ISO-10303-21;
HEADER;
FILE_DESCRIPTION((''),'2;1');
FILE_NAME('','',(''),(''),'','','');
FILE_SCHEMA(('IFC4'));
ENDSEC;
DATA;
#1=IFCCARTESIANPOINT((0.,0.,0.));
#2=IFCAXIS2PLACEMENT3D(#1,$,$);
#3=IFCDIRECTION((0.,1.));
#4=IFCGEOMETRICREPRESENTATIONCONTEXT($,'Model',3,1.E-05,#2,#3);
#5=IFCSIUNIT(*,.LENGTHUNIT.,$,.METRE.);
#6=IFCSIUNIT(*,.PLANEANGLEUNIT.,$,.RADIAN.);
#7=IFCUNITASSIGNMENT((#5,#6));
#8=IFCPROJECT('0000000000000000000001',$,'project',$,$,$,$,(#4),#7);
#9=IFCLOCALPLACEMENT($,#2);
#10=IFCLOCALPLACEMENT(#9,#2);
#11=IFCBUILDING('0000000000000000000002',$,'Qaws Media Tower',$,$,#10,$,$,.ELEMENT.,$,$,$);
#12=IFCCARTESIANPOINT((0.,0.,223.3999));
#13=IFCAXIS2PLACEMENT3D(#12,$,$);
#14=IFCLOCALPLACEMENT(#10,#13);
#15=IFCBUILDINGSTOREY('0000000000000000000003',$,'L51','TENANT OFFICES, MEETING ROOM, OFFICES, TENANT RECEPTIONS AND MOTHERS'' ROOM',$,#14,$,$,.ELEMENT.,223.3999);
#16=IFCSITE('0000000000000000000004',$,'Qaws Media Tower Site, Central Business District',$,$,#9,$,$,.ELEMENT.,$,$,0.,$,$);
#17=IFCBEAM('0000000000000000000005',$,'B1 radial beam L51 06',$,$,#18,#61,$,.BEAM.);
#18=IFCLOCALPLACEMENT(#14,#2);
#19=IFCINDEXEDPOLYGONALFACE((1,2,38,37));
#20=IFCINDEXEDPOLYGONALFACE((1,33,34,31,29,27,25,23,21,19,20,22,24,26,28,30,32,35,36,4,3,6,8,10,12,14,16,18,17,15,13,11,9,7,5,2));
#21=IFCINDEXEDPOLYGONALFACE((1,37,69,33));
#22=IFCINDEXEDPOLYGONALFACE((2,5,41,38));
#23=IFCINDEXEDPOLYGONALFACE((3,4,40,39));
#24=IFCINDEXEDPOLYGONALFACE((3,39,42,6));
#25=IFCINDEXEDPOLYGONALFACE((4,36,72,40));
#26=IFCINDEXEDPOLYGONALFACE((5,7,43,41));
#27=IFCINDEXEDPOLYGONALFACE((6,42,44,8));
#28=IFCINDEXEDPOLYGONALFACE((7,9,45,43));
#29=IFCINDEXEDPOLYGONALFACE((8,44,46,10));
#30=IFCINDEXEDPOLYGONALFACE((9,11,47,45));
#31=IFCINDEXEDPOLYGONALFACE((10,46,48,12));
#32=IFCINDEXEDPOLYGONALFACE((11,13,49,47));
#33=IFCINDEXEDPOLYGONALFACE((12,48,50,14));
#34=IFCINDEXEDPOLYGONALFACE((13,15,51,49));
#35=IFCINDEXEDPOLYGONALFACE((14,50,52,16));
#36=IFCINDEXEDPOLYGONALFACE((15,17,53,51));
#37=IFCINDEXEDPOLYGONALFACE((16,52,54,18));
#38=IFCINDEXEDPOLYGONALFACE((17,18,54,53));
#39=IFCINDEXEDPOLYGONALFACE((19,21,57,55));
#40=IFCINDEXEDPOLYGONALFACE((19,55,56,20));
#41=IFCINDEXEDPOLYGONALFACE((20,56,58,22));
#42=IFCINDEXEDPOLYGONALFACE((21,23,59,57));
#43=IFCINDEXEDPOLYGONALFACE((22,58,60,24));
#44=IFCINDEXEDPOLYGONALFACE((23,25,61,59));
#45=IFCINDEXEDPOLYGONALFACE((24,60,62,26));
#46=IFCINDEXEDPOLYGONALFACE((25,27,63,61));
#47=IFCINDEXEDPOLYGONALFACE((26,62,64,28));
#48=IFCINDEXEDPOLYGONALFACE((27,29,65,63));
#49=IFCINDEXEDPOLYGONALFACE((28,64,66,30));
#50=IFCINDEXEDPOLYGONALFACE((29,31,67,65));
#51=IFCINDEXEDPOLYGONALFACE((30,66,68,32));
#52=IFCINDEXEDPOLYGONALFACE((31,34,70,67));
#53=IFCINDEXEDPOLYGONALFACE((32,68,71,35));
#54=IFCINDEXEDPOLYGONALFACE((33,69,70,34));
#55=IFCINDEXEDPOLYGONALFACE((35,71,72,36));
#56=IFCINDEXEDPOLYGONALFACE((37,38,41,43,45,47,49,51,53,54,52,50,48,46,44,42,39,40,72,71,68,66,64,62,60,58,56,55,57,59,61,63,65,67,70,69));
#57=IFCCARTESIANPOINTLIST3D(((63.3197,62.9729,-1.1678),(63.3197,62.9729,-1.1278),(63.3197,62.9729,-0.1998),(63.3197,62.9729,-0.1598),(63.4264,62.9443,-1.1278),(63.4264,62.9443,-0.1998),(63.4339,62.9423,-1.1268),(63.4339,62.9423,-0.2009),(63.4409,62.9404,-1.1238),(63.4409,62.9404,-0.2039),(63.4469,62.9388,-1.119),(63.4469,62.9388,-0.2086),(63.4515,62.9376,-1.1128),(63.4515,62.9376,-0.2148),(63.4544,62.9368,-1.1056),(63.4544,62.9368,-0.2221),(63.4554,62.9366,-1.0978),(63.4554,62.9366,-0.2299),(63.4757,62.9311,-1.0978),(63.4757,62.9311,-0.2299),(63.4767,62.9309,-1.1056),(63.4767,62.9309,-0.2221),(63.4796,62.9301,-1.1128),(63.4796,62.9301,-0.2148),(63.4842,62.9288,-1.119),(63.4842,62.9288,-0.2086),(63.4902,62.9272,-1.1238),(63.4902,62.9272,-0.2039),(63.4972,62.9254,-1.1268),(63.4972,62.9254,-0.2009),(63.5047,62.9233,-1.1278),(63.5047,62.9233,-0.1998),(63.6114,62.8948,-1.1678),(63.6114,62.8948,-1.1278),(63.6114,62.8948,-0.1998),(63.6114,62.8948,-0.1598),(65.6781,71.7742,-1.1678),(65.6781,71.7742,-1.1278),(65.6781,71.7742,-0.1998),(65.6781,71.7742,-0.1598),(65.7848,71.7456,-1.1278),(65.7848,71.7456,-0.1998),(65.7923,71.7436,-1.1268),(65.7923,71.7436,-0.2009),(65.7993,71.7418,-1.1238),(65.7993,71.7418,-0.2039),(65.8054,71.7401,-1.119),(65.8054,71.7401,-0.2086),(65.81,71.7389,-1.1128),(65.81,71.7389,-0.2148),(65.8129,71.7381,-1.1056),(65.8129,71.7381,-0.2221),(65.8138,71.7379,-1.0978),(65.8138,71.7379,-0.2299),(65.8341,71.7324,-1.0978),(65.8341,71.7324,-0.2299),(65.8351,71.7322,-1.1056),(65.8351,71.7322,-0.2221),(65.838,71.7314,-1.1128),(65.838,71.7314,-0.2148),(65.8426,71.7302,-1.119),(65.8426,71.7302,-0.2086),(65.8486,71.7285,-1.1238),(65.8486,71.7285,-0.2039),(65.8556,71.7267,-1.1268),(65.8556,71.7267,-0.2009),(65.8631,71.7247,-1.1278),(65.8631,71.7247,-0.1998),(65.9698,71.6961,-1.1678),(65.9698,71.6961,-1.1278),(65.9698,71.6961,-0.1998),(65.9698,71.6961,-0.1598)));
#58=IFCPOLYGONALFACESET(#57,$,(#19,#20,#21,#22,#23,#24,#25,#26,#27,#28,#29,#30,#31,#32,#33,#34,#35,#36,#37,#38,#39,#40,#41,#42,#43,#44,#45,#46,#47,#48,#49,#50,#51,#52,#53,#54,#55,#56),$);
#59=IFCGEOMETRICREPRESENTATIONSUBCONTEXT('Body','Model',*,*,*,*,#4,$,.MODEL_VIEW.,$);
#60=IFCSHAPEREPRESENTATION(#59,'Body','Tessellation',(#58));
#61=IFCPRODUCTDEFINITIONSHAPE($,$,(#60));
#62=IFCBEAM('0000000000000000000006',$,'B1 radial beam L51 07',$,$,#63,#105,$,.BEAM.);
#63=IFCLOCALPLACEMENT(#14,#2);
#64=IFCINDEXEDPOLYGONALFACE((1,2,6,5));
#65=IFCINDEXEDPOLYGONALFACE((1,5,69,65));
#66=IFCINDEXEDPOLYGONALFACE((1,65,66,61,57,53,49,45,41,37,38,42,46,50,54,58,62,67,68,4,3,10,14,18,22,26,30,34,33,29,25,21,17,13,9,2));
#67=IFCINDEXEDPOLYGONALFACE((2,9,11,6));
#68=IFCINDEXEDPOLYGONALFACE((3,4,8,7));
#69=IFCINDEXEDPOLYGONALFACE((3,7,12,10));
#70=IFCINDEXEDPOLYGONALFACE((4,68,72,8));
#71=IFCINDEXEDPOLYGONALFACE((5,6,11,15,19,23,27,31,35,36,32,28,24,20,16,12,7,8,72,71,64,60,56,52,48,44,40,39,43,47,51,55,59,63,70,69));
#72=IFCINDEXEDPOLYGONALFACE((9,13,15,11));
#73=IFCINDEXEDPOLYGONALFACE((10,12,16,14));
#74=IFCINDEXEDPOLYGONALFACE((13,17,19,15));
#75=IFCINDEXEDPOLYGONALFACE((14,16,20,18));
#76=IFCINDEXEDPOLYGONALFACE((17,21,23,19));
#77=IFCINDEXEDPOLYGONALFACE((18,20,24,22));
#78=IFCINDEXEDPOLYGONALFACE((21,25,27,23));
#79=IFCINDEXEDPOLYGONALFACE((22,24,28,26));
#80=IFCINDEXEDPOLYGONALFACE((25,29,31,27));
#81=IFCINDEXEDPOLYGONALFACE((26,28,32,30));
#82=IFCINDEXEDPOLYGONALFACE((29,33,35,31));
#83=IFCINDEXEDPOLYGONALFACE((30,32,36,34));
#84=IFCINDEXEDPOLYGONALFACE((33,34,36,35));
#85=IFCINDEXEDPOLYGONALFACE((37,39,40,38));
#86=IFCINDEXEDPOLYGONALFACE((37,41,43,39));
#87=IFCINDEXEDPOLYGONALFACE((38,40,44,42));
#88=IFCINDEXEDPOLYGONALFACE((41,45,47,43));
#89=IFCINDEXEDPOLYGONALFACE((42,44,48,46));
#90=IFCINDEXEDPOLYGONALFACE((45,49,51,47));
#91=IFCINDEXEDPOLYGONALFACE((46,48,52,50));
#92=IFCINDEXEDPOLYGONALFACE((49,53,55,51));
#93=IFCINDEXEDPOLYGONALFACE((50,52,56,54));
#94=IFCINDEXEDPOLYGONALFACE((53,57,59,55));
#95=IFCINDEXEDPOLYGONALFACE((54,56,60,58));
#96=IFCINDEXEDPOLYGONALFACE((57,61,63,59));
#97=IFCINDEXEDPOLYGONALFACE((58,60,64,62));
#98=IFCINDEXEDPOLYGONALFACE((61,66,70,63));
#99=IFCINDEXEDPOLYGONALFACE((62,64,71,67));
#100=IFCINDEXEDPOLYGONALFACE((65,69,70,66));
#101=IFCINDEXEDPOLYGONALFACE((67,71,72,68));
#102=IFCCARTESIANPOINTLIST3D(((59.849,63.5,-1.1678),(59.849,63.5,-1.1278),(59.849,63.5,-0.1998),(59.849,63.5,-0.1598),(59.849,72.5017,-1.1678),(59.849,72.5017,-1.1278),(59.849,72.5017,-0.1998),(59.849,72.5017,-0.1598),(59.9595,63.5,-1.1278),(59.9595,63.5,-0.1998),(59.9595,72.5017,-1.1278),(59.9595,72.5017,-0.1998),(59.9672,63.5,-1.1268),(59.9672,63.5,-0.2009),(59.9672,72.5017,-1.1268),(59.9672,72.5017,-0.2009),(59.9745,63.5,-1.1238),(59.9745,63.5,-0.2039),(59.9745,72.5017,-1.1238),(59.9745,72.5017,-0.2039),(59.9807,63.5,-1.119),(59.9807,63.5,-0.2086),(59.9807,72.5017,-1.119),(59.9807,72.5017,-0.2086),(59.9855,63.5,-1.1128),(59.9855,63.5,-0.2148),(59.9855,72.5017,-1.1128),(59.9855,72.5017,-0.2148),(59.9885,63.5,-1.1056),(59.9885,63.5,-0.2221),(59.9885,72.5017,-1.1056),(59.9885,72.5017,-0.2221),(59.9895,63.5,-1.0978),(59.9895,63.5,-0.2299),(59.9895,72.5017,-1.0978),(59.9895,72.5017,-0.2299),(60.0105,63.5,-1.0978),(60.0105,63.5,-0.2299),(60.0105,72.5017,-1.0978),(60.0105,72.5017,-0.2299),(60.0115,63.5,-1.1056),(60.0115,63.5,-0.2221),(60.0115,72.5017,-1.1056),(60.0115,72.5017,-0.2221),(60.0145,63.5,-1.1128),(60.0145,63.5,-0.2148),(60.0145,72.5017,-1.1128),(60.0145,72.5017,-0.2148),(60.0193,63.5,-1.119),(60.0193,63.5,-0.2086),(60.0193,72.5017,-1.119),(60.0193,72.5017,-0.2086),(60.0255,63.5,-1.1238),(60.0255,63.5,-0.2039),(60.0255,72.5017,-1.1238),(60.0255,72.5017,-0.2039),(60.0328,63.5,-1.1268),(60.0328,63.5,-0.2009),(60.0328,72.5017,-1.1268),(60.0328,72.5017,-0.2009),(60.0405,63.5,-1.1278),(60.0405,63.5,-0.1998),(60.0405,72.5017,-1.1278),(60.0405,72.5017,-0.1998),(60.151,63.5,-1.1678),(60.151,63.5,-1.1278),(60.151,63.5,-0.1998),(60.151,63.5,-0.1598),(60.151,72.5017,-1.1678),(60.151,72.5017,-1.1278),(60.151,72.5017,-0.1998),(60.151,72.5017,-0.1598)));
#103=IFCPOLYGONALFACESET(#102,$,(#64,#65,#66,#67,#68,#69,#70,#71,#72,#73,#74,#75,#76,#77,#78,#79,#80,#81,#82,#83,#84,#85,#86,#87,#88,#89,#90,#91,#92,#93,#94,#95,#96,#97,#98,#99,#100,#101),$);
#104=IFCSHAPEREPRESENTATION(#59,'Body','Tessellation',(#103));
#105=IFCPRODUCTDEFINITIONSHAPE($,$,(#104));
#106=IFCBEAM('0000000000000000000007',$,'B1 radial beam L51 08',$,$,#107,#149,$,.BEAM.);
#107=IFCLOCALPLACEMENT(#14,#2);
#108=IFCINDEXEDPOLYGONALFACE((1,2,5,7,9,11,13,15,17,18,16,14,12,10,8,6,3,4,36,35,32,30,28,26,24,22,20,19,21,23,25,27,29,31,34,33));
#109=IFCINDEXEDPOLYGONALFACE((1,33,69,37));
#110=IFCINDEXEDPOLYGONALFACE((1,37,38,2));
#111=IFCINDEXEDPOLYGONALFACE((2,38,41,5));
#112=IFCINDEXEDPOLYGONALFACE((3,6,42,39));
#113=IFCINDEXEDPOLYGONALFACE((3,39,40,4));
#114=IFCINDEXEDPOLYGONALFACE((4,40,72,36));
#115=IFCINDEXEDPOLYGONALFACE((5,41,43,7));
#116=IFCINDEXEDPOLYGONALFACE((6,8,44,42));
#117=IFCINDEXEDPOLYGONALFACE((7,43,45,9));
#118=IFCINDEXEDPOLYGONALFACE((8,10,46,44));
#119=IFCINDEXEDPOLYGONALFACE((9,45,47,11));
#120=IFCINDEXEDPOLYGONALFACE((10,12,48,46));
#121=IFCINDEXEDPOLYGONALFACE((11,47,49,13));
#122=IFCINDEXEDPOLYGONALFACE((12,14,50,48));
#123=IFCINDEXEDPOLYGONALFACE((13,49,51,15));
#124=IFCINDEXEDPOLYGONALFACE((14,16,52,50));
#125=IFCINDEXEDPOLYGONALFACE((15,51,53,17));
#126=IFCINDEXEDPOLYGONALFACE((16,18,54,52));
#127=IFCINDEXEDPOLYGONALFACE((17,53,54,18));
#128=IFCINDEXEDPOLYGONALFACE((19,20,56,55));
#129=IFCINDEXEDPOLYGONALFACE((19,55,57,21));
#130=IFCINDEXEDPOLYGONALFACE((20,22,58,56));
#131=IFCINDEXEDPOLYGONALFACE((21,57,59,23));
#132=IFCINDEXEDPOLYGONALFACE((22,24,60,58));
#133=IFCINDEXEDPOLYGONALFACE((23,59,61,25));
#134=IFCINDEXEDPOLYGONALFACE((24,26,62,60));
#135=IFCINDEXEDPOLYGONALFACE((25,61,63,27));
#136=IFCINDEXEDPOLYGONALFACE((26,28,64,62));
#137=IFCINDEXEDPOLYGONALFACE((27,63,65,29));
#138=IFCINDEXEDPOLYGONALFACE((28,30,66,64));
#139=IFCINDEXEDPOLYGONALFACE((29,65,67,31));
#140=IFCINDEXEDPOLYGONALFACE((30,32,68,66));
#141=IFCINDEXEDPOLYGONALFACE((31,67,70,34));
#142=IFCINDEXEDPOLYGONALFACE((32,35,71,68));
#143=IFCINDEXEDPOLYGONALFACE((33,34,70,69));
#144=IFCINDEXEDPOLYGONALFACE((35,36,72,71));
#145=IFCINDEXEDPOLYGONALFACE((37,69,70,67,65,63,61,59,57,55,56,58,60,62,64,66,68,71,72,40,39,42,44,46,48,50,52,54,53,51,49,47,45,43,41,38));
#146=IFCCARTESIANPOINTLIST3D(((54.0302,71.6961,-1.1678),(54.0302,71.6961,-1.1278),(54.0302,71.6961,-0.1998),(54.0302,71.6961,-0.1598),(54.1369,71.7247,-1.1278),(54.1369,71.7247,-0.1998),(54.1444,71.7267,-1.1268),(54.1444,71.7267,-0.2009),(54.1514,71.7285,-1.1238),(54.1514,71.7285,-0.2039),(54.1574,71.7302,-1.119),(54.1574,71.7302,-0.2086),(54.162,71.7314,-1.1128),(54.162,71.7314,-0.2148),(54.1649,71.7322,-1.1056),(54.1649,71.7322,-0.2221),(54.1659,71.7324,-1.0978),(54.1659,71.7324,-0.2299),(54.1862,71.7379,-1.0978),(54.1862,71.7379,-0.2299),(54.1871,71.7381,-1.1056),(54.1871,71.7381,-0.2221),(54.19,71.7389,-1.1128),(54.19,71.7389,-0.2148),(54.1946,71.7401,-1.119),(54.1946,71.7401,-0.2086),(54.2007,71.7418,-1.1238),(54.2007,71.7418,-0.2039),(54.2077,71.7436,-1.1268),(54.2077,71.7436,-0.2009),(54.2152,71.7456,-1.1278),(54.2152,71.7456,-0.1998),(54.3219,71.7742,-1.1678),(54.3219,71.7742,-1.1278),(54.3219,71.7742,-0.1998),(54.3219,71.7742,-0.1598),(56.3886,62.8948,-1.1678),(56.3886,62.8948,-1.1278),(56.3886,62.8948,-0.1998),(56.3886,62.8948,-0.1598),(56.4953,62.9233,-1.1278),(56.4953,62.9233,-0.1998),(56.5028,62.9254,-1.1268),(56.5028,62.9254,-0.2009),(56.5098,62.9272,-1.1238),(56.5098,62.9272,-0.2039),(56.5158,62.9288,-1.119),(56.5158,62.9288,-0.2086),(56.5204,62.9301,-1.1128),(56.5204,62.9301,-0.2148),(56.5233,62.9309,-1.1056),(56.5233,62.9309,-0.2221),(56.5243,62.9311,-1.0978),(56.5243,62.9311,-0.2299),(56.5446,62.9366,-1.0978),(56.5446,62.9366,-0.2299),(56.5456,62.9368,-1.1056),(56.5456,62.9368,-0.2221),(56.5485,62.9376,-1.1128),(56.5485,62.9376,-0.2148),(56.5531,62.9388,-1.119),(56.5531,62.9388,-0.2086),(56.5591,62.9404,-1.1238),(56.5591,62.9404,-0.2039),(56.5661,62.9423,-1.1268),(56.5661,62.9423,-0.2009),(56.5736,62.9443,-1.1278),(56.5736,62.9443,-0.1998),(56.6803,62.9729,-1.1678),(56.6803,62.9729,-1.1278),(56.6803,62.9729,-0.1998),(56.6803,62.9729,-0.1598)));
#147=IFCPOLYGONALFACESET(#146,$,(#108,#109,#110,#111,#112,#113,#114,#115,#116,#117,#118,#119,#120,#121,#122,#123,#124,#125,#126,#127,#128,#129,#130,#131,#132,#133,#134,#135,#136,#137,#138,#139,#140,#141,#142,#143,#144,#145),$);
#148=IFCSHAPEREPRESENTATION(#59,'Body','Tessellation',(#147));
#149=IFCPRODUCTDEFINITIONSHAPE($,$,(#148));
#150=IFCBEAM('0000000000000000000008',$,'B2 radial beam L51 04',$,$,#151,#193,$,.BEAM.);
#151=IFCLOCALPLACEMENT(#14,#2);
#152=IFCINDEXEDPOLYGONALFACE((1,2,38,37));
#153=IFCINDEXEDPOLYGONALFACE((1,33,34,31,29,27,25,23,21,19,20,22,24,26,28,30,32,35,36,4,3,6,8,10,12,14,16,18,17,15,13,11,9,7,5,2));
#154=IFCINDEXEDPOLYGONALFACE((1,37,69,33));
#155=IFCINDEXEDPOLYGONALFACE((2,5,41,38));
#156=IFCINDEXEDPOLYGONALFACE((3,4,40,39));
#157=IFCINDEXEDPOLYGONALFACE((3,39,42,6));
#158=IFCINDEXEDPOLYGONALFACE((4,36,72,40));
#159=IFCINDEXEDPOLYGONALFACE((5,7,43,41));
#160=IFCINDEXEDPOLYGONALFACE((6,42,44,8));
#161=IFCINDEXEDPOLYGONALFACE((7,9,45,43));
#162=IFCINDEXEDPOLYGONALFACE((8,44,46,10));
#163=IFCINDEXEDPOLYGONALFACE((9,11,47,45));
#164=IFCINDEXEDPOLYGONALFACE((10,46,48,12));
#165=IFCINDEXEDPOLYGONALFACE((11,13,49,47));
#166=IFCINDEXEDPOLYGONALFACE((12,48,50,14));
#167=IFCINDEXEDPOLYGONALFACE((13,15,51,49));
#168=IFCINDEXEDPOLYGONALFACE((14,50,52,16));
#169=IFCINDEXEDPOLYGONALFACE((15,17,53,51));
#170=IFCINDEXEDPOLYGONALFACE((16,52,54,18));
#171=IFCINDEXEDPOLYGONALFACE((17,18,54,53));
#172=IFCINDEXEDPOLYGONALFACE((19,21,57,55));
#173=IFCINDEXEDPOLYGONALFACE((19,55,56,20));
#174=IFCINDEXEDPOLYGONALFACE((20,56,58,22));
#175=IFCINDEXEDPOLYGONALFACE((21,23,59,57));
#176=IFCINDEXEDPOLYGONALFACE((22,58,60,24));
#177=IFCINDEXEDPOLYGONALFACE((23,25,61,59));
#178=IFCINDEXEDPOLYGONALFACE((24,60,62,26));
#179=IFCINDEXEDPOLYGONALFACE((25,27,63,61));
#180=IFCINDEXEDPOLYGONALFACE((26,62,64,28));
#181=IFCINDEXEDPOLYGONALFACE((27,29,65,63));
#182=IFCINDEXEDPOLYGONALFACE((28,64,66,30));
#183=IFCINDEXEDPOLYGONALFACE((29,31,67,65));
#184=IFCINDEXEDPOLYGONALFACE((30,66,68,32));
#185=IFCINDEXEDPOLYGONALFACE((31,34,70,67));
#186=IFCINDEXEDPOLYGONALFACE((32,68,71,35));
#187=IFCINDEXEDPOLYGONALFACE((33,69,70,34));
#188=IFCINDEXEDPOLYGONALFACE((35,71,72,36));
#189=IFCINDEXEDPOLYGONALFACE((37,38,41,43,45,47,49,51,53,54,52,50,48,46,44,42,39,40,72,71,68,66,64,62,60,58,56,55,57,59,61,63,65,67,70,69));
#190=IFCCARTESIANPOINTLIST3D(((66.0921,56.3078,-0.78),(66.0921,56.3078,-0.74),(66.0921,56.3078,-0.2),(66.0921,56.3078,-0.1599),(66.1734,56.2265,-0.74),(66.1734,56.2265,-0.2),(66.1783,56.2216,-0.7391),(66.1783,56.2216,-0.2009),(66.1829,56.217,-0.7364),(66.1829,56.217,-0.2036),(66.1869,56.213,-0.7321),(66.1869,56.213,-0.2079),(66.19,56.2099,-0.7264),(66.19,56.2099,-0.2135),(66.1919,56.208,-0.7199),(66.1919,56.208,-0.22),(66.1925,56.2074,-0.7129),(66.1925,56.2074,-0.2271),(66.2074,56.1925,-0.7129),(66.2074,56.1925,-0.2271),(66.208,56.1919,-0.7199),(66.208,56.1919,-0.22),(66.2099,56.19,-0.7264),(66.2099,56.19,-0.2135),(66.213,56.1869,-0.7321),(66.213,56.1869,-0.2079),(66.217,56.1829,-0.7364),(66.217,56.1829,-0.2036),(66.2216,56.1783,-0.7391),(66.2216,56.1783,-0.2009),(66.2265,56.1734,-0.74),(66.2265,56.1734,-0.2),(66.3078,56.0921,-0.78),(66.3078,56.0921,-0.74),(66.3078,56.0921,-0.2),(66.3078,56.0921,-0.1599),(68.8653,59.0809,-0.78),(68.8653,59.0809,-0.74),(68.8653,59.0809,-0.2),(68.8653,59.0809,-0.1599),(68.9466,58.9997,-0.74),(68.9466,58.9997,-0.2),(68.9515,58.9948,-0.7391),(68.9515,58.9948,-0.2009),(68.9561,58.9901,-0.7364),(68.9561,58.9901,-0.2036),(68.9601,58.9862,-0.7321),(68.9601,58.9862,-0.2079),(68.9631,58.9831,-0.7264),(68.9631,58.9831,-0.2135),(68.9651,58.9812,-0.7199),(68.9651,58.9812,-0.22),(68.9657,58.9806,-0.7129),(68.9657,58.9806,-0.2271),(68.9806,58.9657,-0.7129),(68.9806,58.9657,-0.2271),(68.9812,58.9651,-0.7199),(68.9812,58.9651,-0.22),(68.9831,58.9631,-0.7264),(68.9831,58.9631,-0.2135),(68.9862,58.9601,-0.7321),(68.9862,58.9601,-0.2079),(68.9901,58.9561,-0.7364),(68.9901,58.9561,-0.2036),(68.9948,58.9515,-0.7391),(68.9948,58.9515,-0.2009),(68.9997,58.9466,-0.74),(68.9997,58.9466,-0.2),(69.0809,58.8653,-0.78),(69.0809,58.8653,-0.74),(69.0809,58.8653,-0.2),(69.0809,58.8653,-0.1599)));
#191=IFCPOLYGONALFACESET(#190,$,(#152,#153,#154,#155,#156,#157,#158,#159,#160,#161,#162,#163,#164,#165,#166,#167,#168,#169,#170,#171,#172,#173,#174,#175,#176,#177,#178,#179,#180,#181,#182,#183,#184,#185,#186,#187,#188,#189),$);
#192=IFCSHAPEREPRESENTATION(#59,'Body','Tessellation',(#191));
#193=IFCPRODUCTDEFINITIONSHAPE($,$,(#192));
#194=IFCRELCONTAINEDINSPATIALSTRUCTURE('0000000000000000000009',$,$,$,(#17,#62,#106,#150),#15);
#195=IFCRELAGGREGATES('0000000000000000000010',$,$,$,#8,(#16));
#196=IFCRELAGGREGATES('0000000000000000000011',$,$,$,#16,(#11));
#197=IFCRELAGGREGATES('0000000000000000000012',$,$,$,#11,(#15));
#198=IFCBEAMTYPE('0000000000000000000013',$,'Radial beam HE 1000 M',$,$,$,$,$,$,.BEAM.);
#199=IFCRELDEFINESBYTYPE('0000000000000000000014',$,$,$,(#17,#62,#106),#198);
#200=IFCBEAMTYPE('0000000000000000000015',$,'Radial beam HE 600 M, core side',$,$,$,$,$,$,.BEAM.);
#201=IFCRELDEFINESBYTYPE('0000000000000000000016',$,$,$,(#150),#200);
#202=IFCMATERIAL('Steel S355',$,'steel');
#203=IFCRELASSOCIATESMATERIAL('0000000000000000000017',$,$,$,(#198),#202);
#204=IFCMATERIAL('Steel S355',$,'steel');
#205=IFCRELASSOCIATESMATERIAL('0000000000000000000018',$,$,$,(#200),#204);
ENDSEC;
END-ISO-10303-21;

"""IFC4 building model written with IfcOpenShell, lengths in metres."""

from ifc_helpers import new_model, si_unit, direction, frame, origin, origin_2d, place, context, subcontext, project, spatial, i_section, extrude, material, material_profile, profile_set, type_object, element, save


model = new_model("IFC4")

# Units and contexts
model_context = context("Model", 3, precision=1e-05, world=origin(), true_north=direction((0.0, 1.0)))
body_context = subcontext(model_context, "Body", "Model", "MODEL_VIEW")
ifc_project = project(units=[si_unit("LENGTHUNIT", "METRE"), si_unit("PLANEANGLEUNIT", "RADIAN")], contexts=[model_context])

# Site, building, storey
site_placement = place(None, origin())
site = spatial("IfcSite", under=ifc_project, at=site_placement, Name="Qaws Media Tower Site, Central Business District", CompositionType="ELEMENT", RefElevation=0.0)
building_placement = place(site_placement, origin())
building = spatial("IfcBuilding", under=site, at=building_placement, Name="Qaws Media Tower", CompositionType="ELEMENT")
storey_placement = place(building_placement, frame((0.0, 0.0, 223.3999)))
storey = spatial("IfcBuildingStorey", under=building, at=storey_placement, Name="L51", Description="TENANT OFFICES, MEETING ROOM, OFFICES, TENANT RECEPTIONS AND MOTHERS' ROOM", CompositionType="ELEMENT", Elevation=223.3999)

# Beams
ifc_material_1 = material(Name="Steel S355", Category="steel")
ifc_material_profile_1 = material_profile(ifc_material_1, i_section(OverallWidth=0.302, OverallDepth=1.0081, WebThickness=0.021, FlangeThickness=0.04, FilletRadius=0.03, at=origin_2d()), Name="HE 1000 M")
ifc_profile_set_1 = profile_set([ifc_material_profile_1], Name="Steel S355")
beam_type_1 = type_object("IfcBeamType", Name="Radial beam HE 1000 M", PredefinedType="BEAM", material=ifc_profile_set_1)
beam_1_placement = place(storey_placement, frame((63.4656, 62.9338, -0.6638), z_axis=(0.25883, 0.965923, 0.0), x_axis=(-0.965923, 0.25883, 0.0)))
element("IfcBeam", 1, at=beam_1_placement, inside=storey, type_object=beam_type_1, Name="B1 radial beam L51 06", PredefinedType="BEAM", context=body_context, shape_type="SweptSolid", body=[
    extrude(i_section(OverallWidth=0.302, OverallDepth=1.0081, WebThickness=0.021, FlangeThickness=0.04, FilletRadius=0.03, at=origin_2d()), origin(), (0.0, 0.0, 1.0), 9.1118),
])
beam_2_placement = place(storey_placement, frame((60.0, 63.5, -0.6638), z_axis=(0.0, 1.0, 0.0), x_axis=(-1.0, 0.0, 0.0)))
element("IfcBeam", 2, at=beam_2_placement, inside=storey, type_object=beam_type_1, Name="B1 radial beam L51 07", PredefinedType="BEAM", context=body_context, shape_type="SweptSolid", body=[
    extrude(i_section(OverallWidth=0.302, OverallDepth=1.0081, WebThickness=0.021, FlangeThickness=0.04, FilletRadius=0.03, at=origin_2d()), origin(), (0.0, 0.0, 1.0), 9.0017),
])
beam_3_placement = place(storey_placement, frame((56.5344, 62.9338, -0.6638), z_axis=(-0.25883, 0.965923, 0.0), x_axis=(-0.965923, -0.25883, 0.0)))
element("IfcBeam", 3, at=beam_3_placement, inside=storey, type_object=beam_type_1, Name="B1 radial beam L51 08", PredefinedType="BEAM", context=body_context, shape_type="SweptSolid", body=[
    extrude(i_section(OverallWidth=0.302, OverallDepth=1.0081, WebThickness=0.021, FlangeThickness=0.04, FilletRadius=0.03, at=origin_2d()), origin(), (0.0, 0.0, 1.0), 9.1118),
])
ifc_material_2 = material(Name="Steel S355", Category="steel")
ifc_material_profile_2 = material_profile(ifc_material_2, i_section(OverallWidth=0.3049, OverallDepth=0.6201, WebThickness=0.021, FlangeThickness=0.04, FilletRadius=0.0271, at=origin_2d()), Name="HE 600 M")
ifc_profile_set_2 = profile_set([ifc_material_profile_2], Name="Steel S355")
beam_type_2 = type_object("IfcBeamType", Name="Radial beam HE 600 M, core side", PredefinedType="BEAM", material=ifc_profile_set_2)
beam_4_placement = place(storey_placement, frame((66.2, 56.2, -0.47), z_axis=(0.707107, 0.707107, 0.0), x_axis=(-0.707107, 0.707107, 0.0)))
element("IfcBeam", 4, at=beam_4_placement, inside=storey, type_object=beam_type_2, Name="B2 radial beam L51 04", PredefinedType="BEAM", context=body_context, shape_type="SweptSolid", body=[
    extrude(i_section(OverallWidth=0.3049, OverallDepth=0.6201, WebThickness=0.021, FlangeThickness=0.04, FilletRadius=0.0271, at=origin_2d()), origin(), (0.0, 0.0, 1.0), 3.9219),
])

save(model, "model.ifc")
